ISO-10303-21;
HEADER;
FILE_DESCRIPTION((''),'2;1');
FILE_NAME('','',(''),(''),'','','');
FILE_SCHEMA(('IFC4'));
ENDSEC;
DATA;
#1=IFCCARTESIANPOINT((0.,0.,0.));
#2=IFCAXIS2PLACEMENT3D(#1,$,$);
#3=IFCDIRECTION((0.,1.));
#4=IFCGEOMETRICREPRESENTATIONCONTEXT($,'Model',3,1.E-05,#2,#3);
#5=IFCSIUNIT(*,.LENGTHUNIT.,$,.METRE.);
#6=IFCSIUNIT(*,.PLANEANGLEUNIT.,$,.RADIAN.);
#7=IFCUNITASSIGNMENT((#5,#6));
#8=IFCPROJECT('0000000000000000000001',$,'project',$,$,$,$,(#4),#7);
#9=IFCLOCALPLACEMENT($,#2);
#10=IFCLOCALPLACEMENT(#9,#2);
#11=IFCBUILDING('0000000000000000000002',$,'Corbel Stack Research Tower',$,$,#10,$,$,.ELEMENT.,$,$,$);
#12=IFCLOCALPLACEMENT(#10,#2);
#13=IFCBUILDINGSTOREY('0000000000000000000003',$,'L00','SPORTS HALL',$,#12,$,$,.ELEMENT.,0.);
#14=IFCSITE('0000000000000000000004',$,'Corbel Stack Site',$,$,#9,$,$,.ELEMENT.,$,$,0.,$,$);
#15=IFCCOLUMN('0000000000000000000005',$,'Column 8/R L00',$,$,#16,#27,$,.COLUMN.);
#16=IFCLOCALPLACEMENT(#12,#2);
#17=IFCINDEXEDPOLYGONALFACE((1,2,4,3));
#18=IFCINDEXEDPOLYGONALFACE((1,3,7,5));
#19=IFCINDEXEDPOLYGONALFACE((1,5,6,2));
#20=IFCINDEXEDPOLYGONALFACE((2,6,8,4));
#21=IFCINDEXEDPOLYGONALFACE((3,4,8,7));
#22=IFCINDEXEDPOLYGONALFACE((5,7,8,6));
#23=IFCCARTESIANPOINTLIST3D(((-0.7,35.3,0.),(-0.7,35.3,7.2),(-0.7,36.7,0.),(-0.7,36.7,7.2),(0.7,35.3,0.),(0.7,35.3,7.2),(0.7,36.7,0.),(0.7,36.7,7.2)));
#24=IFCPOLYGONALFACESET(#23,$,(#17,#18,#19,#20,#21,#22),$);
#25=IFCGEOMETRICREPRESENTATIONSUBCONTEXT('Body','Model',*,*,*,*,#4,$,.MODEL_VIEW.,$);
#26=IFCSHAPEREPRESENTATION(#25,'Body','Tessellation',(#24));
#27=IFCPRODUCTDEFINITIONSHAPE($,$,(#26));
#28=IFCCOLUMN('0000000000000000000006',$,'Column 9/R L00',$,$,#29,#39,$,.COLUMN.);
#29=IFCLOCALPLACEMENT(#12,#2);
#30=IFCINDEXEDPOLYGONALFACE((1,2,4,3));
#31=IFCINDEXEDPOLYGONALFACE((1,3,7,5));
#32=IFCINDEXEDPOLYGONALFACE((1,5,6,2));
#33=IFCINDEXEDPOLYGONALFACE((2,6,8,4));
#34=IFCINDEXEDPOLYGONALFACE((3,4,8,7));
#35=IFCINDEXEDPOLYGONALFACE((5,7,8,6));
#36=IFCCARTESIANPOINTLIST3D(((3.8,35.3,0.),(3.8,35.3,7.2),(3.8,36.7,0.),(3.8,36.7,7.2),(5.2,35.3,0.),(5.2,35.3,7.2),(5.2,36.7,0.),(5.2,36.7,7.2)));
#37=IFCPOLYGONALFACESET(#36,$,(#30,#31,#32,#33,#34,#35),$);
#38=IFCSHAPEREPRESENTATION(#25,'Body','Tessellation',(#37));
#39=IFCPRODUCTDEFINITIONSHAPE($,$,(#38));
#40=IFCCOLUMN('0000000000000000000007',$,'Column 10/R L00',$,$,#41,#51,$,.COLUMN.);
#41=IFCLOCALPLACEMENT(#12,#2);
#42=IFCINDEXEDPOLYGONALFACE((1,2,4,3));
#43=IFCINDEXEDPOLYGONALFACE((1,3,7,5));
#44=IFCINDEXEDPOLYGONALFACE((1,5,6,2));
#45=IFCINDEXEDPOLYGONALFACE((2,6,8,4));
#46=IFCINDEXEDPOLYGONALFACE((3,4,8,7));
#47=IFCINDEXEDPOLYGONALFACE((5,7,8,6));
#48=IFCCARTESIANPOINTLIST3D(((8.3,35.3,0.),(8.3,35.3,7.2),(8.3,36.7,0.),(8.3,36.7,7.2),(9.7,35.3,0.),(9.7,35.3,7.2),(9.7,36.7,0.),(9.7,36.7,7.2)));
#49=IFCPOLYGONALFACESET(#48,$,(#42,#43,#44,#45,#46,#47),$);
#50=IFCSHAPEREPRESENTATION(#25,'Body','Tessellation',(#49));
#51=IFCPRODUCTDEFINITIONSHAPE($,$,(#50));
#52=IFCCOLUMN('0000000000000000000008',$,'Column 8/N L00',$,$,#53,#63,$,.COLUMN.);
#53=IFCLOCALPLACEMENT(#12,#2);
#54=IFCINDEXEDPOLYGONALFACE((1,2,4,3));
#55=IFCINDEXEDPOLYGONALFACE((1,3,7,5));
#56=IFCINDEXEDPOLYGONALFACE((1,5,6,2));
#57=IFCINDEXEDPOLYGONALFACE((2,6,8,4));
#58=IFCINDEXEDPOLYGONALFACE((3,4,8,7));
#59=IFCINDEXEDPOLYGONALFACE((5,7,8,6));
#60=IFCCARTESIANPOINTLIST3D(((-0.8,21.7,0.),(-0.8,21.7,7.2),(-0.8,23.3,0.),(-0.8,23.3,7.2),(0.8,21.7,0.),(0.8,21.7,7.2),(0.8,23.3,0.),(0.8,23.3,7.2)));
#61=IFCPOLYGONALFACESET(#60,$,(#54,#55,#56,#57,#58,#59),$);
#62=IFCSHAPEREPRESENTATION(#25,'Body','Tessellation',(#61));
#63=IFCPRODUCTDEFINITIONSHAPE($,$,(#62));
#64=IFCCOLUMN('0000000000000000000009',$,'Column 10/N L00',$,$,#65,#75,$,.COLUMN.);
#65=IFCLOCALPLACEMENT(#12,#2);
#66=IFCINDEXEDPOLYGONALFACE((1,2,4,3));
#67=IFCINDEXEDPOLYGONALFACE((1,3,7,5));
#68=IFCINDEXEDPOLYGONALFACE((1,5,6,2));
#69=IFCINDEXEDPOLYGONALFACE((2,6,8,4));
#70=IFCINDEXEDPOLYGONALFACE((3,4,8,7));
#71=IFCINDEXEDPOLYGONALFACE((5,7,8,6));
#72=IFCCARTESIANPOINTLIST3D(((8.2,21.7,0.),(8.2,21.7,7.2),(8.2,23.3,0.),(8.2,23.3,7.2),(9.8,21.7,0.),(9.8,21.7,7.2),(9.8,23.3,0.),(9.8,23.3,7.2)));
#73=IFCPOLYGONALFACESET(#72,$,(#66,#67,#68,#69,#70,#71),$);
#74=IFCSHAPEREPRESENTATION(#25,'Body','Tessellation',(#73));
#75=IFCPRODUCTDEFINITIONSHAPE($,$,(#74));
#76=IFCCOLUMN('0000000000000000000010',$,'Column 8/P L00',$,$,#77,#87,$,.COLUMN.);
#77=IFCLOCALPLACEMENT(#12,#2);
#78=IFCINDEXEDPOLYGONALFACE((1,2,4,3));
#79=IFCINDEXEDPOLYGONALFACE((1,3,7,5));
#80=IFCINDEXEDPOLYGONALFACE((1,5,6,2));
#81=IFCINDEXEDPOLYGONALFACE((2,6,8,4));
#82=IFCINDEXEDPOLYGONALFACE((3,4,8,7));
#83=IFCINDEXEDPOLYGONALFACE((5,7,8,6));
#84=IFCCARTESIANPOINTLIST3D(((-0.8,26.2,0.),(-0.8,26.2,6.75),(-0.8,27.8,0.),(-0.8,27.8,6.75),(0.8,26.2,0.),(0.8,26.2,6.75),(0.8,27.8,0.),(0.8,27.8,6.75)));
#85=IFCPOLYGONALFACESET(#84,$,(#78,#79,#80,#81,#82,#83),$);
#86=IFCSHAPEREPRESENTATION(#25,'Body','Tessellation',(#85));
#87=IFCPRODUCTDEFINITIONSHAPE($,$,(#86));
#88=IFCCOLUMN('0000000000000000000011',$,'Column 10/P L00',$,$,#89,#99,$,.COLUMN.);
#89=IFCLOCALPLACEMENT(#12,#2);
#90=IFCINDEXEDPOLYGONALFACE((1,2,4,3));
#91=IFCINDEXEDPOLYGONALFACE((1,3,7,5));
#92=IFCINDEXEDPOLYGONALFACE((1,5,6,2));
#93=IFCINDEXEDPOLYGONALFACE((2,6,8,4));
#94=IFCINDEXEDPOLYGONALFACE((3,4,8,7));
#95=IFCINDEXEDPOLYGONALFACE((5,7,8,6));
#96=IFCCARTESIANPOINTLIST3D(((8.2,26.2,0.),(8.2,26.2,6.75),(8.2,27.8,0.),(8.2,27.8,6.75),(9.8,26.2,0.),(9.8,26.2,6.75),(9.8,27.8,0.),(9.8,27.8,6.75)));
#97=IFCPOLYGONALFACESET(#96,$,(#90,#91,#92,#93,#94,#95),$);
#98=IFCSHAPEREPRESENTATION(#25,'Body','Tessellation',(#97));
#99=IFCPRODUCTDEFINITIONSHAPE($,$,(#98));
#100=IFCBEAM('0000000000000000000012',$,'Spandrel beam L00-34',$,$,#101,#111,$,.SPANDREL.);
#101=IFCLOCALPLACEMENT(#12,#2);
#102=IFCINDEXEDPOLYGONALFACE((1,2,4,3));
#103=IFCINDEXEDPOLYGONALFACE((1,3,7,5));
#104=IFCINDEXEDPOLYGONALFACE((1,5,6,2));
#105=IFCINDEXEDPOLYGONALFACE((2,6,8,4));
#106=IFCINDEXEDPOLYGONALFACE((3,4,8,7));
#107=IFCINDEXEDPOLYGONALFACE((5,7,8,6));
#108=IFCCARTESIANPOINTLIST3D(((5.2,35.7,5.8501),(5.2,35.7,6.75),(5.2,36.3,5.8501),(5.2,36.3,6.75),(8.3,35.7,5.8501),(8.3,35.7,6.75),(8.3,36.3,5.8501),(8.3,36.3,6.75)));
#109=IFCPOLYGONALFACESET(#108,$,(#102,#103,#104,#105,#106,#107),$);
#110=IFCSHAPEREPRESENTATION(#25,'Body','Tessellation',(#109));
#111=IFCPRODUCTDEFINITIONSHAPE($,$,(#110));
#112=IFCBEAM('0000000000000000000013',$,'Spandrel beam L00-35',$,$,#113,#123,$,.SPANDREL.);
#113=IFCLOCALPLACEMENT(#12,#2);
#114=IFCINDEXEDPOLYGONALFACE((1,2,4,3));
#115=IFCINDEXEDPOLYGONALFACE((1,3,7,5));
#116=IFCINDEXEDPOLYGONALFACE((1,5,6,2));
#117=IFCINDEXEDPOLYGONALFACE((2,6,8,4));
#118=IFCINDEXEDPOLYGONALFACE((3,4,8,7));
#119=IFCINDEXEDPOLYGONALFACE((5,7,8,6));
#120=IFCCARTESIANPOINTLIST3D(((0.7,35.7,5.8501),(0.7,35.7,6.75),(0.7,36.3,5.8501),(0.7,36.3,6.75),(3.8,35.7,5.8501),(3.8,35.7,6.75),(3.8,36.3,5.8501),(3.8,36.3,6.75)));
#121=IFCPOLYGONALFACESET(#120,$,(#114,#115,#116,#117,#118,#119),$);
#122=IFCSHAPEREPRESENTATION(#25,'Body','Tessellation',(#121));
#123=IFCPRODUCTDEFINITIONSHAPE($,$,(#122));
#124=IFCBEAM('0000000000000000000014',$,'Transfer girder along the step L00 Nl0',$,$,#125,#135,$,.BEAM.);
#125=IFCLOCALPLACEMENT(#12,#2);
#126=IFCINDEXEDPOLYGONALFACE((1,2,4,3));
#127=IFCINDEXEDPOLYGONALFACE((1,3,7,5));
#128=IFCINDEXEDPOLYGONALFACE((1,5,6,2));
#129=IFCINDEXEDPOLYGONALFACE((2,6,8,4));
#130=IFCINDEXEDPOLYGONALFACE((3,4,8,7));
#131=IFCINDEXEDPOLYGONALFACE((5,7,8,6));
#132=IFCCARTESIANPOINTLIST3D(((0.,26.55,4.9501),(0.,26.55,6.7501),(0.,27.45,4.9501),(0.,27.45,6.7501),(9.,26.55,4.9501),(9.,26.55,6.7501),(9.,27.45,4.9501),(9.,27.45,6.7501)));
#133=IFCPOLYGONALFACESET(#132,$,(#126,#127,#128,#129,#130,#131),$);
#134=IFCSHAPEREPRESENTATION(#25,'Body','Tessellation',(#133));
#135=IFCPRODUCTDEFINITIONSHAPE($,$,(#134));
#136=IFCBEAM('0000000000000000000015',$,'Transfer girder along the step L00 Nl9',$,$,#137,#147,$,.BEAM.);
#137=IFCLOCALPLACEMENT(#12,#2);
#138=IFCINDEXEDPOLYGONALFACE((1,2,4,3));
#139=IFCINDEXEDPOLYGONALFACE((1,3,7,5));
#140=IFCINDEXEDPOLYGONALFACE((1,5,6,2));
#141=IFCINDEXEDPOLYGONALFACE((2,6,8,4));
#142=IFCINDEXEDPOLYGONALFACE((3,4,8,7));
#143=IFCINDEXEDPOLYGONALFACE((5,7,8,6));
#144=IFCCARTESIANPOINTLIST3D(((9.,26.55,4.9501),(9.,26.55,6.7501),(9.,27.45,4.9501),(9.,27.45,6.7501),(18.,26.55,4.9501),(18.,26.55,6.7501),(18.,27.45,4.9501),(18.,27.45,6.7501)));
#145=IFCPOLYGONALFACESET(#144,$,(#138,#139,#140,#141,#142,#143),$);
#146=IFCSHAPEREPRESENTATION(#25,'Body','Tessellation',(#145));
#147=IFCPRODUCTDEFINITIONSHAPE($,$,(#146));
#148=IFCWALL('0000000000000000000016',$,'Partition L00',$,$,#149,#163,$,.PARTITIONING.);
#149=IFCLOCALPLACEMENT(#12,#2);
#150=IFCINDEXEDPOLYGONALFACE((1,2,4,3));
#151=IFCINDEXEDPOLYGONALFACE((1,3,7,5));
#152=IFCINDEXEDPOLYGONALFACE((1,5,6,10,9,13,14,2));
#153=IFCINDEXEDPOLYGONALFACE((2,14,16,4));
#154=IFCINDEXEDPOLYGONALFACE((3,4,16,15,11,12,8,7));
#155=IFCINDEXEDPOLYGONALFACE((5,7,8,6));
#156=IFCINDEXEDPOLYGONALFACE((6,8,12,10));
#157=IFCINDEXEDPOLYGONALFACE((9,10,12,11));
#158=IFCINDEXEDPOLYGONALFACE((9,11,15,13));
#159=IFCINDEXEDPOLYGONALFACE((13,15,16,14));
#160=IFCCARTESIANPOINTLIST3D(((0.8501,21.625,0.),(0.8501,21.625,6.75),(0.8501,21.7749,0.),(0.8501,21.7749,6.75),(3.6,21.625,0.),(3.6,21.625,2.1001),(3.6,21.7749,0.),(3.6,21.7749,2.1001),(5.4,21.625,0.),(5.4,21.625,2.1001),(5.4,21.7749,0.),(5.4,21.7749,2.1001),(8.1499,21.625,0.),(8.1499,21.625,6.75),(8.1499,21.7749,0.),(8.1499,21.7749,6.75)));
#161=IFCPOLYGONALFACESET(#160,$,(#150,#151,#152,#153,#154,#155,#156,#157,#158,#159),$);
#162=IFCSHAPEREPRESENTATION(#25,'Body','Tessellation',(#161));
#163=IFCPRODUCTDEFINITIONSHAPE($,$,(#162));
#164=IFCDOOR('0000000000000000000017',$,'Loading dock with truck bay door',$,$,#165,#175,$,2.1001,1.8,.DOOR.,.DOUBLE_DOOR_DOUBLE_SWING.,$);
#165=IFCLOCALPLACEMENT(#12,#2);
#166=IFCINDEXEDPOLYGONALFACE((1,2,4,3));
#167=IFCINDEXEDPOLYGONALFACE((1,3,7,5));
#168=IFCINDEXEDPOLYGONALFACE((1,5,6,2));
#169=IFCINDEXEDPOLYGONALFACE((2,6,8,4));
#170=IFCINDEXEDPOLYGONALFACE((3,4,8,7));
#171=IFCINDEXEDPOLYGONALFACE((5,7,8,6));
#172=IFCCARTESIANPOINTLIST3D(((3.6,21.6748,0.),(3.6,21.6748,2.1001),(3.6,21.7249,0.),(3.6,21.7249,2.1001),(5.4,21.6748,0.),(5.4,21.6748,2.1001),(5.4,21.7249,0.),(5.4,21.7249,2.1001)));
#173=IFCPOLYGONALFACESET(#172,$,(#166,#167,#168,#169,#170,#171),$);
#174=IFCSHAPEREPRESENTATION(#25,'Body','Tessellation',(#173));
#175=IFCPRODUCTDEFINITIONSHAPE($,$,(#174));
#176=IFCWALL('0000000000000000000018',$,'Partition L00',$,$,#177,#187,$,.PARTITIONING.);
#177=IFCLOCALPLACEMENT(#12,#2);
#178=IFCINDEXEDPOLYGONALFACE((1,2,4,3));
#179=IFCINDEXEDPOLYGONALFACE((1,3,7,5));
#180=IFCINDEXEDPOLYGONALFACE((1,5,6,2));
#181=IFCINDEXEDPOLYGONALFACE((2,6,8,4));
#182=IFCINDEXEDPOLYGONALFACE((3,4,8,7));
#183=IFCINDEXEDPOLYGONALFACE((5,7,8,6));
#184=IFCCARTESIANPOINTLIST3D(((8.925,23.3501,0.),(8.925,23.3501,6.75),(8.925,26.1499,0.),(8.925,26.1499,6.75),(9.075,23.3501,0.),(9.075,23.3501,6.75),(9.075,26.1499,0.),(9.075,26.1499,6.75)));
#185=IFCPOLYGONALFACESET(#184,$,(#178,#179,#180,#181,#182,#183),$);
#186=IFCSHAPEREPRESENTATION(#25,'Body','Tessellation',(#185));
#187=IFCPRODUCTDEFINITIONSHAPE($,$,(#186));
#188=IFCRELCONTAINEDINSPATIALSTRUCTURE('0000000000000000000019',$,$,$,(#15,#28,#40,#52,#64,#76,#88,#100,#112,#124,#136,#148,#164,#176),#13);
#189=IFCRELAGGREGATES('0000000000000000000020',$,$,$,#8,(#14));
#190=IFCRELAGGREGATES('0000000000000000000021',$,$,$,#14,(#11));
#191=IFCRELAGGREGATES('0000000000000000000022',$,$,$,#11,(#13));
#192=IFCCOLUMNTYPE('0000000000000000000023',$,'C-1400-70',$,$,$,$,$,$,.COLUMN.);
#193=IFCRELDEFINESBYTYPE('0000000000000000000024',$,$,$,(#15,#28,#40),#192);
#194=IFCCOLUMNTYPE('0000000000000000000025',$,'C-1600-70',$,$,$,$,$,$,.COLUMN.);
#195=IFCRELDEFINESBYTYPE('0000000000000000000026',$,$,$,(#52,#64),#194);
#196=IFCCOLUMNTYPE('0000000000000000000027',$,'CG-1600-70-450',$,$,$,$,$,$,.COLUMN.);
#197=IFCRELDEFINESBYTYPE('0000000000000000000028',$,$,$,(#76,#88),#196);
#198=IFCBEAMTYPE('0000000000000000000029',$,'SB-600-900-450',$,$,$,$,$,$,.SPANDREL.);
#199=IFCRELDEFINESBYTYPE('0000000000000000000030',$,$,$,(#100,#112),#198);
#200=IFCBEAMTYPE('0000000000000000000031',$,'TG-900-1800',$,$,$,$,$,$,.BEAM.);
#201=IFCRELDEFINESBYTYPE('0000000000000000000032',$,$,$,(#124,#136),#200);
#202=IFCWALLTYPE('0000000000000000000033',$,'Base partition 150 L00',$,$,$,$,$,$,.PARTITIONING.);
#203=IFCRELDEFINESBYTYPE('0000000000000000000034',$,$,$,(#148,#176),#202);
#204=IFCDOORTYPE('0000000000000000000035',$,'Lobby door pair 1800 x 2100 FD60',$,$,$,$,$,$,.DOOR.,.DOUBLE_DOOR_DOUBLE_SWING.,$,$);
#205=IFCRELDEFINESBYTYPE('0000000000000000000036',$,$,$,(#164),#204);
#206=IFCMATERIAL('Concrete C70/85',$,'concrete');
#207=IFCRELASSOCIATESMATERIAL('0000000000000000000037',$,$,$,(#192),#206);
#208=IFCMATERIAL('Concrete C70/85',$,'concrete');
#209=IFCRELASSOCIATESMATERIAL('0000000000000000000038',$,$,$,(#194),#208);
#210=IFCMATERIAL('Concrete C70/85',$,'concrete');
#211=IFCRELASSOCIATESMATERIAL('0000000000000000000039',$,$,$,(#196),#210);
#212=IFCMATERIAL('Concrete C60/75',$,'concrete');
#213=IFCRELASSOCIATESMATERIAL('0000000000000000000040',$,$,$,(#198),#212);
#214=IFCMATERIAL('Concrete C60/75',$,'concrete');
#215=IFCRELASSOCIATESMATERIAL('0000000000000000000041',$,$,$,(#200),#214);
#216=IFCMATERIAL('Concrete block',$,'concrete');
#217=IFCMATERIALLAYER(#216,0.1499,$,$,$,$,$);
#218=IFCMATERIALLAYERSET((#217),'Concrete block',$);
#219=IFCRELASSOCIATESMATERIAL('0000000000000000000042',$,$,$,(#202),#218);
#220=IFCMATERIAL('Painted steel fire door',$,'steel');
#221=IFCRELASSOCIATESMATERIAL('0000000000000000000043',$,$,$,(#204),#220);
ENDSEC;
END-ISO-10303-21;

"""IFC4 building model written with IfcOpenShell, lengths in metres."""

from ifc_helpers import new_model, si_unit, direction, frame, frame_2d, origin, origin_2d, place, context, subcontext, project, spatial, rectangle, extrude, material, layer, layer_set, material_profile, profile_set, type_object, element, fill, save


model = new_model("IFC4")

# Units and contexts
model_context = context("Model", 3, precision=1e-05, world=origin(), true_north=direction((0.0, 1.0)))
body_context = subcontext(model_context, "Body", "Model", "MODEL_VIEW")
ifc_project = project(units=[si_unit("LENGTHUNIT", "METRE"), si_unit("PLANEANGLEUNIT", "RADIAN")], contexts=[model_context])

# Site, building, storey
site_placement = place(None, origin())
site = spatial("IfcSite", under=ifc_project, at=site_placement, Name="Corbel Stack Site", CompositionType="ELEMENT", RefElevation=0.0)
building_placement = place(site_placement, origin())
building = spatial("IfcBuilding", under=site, at=building_placement, Name="Corbel Stack Research Tower", CompositionType="ELEMENT")
storey_placement = place(building_placement, origin())
storey = spatial("IfcBuildingStorey", under=building, at=storey_placement, Name="L00", Description="SPORTS HALL", CompositionType="ELEMENT", Elevation=0.0)

# Columns
ifc_material_1 = material(Name="Concrete C70/85", Category="concrete")
ifc_material_profile_1 = material_profile(ifc_material_1, rectangle(XDim=1.3999, YDim=1.3999, at=origin_2d()), Name="RC 1400 x 1400")
ifc_profile_set_1 = profile_set([ifc_material_profile_1], Name="Concrete C70/85")
column_type_1 = type_object("IfcColumnType", Name="C-1400-70", PredefinedType="COLUMN", material=ifc_profile_set_1)
for number, where, z_axis, x_axis, name in (
    (1, (0.0, 36.0, 0.0), (0.0, 0.0, 1.0), (1.0, 0.0, 0.0), "Column 8/R L00"),
    (2, (4.5, 36.0, 0.0), (0.0, 0.0, 1.0), (1.0, 0.0, 0.0), "Column 9/R L00"),
    (3, (9.0, 36.0, 0.0), (0.0, 0.0, 1.0), (1.0, 0.0, 0.0), "Column 10/R L00"),
):
    element("IfcColumn", number, at=place(storey_placement, frame(where, z_axis=z_axis, x_axis=x_axis)), inside=storey, type_object=column_type_1, Name=name, PredefinedType="COLUMN", context=body_context, shape_type="SweptSolid", body=[
        extrude(rectangle(XDim=1.3999, YDim=1.3999, at=origin_2d()), origin(), (0.0, 0.0, 1.0), 7.2),
    ])
ifc_material_2 = material(Name="Concrete C70/85", Category="concrete")
ifc_material_profile_2 = material_profile(ifc_material_2, rectangle(XDim=1.6001, YDim=1.6001, at=origin_2d()), Name="RC 1600 x 1600")
ifc_profile_set_2 = profile_set([ifc_material_profile_2], Name="Concrete C70/85")
column_type_2 = type_object("IfcColumnType", Name="C-1600-70", PredefinedType="COLUMN", material=ifc_profile_set_2)
for number, where, z_axis, x_axis, name in (
    (4, (0.0, 22.5, 0.0), (0.0, 0.0, 1.0), (1.0, 0.0, 0.0), "Column 8/N L00"),
    (5, (9.0, 22.5, 0.0), (0.0, 0.0, 1.0), (1.0, 0.0, 0.0), "Column 10/N L00"),
):
    element("IfcColumn", number, at=place(storey_placement, frame(where, z_axis=z_axis, x_axis=x_axis)), inside=storey, type_object=column_type_2, Name=name, PredefinedType="COLUMN", context=body_context, shape_type="SweptSolid", body=[
        extrude(rectangle(XDim=1.6001, YDim=1.6001, at=origin_2d()), origin(), (0.0, 0.0, 1.0), 7.2),
    ])
ifc_material_3 = material(Name="Concrete C70/85", Category="concrete")
ifc_material_profile_3 = material_profile(ifc_material_3, rectangle(XDim=1.6001, YDim=1.6001, at=origin_2d()), Name="RC 1600 x 1600")
ifc_profile_set_3 = profile_set([ifc_material_profile_3], Name="Concrete C70/85")
column_type_3 = type_object("IfcColumnType", Name="CG-1600-70-450", PredefinedType="COLUMN", material=ifc_profile_set_3)
for number, where, z_axis, x_axis, name in (
    (6, (0.0, 27.0, 0.0), (0.0, 0.0, 1.0), (1.0, 0.0, 0.0), "Column 8/P L00"),
    (7, (9.0, 27.0, 0.0), (0.0, 0.0, 1.0), (1.0, 0.0, 0.0), "Column 10/P L00"),
):
    element("IfcColumn", number, at=place(storey_placement, frame(where, z_axis=z_axis, x_axis=x_axis)), inside=storey, type_object=column_type_3, Name=name, PredefinedType="COLUMN", context=body_context, shape_type="SweptSolid", body=[
        extrude(rectangle(XDim=1.6001, YDim=1.6001, at=origin_2d()), origin(), (0.0, 0.0, 1.0), 6.75),
    ])

# Beams
ifc_material_4 = material(Name="Concrete C60/75", Category="concrete")
ifc_material_profile_4 = material_profile(ifc_material_4, rectangle(XDim=0.6001, YDim=0.8999, at=origin_2d()), Name="RC 600 x 900")
ifc_profile_set_4 = profile_set([ifc_material_profile_4], Name="Concrete C60/75")
beam_type_1 = type_object("IfcBeamType", Name="SB-600-900-450", PredefinedType="SPANDREL", material=ifc_profile_set_4)
for number, where, z_axis, x_axis, name in (
    (8, (8.3, 36.0, 6.3), (-1.0, 0.0, 0.0), (0.0, -1.0, 0.0), "Spandrel beam L00-34"),
    (9, (3.8, 36.0, 6.3), (-1.0, 0.0, 0.0), (0.0, -1.0, 0.0), "Spandrel beam L00-35"),
):
    element("IfcBeam", number, at=place(storey_placement, frame(where, z_axis=z_axis, x_axis=x_axis)), inside=storey, type_object=beam_type_1, Name=name, PredefinedType="SPANDREL", context=body_context, shape_type="SweptSolid", body=[
        extrude(rectangle(XDim=0.6001, YDim=0.8999, at=origin_2d()), origin(), (0.0, 0.0, 1.0), 3.1001),
    ])
ifc_material_5 = material(Name="Concrete C60/75", Category="concrete")
ifc_material_profile_5 = material_profile(ifc_material_5, rectangle(XDim=0.8999, YDim=1.8, at=origin_2d()), Name="RC 900 x 1800")
ifc_profile_set_5 = profile_set([ifc_material_profile_5], Name="Concrete C60/75")
beam_type_2 = type_object("IfcBeamType", Name="TG-900-1800", PredefinedType="BEAM", material=ifc_profile_set_5)
for number, where, z_axis, x_axis, name in (
    (10, (0.0, 27.0, 5.8501), (1.0, 0.0, 0.0), (0.0, 1.0, 0.0), "Transfer girder along the step L00 Nl0"),
    (11, (9.0, 27.0, 5.8501), (1.0, 0.0, 0.0), (0.0, 1.0, 0.0), "Transfer girder along the step L00 Nl9"),
):
    element("IfcBeam", number, at=place(storey_placement, frame(where, z_axis=z_axis, x_axis=x_axis)), inside=storey, type_object=beam_type_2, Name=name, PredefinedType="BEAM", context=body_context, shape_type="SweptSolid", body=[
        extrude(rectangle(XDim=0.8999, YDim=1.8, at=origin_2d()), origin(), (0.0, 0.0, 1.0), 9.0),
    ])

# Wall, opening, door
ifc_material_6 = material(Name="Concrete block", Category="concrete")
ifc_layer_1 = layer(ifc_material_6, 0.1499)
ifc_layer_set_1 = layer_set([ifc_layer_1], Name="Concrete block")
wall_type_1 = type_object("IfcWallType", Name="Base partition 150 L00", PredefinedType="PARTITIONING", material=ifc_layer_set_1)
wall_1_placement = place(storey_placement, frame((0.8501, 21.7, 0.0), z_axis=(0.0, 0.0, 1.0), x_axis=(1.0, 0.0, 0.0)))
wall_1 = element("IfcWall", 12, at=wall_1_placement, inside=storey, type_object=wall_type_1, Name="Partition L00", PredefinedType="PARTITIONING", context=body_context, shape_type="SweptSolid", body=[
    extrude(rectangle(XDim=7.2998, YDim=0.1499, at=frame_2d((3.6499, 0.0))), origin(), (0.0, 0.0, 1.0), 6.75),
])
opening_1_placement = place(wall_1_placement, frame((2.75, 0.0, 0.0)))
opening_1 = element("IfcOpeningElement", 13, at=opening_1_placement, cuts=wall_1, PredefinedType="OPENING", context=body_context, shape_type="SweptSolid", body=[
    extrude(rectangle(XDim=1.8, YDim=2.1001, at=frame_2d((0.8999, 1.05))), frame((0.0, 0.085, 0.0), z_axis=(0.0, -1.0, 0.0), x_axis=(1.0, 0.0, 0.0)), (0.0, 0.0, 1.0), 0.1699),
])
ifc_material_7 = material(Name="Painted steel fire door", Category="steel")
door_type_1 = type_object("IfcDoorType", Name="Lobby door pair 1800 x 2100 FD60", OperationType="DOUBLE_DOOR_DOUBLE_SWING", PredefinedType="DOOR", material=ifc_material_7)
door_1_placement = place(opening_1_placement, origin())
door_1 = element("IfcDoor", 14, at=door_1_placement, inside=storey, type_object=door_type_1, Name="Loading dock with truck bay door", OperationType="DOUBLE_DOOR_DOUBLE_SWING", OverallHeight=2.1001, OverallWidth=1.8, PredefinedType="DOOR", context=body_context, shape_type="SweptSolid", body=[
    extrude(rectangle(XDim=1.8, YDim=2.1001, at=frame_2d((0.8999, 1.05))), frame((0.0, 0.0249, 0.0), z_axis=(0.0, -1.0, 0.0), x_axis=(1.0, 0.0, 0.0)), (0.0, 0.0, 1.0), 0.05),
])
fill(opening_1, door_1)

# Wall
wall_2_placement = place(storey_placement, frame((9.0, 23.3501, 0.0), z_axis=(0.0, 0.0, 1.0), x_axis=(0.0, 1.0, 0.0)))
element("IfcWall", 15, at=wall_2_placement, inside=storey, type_object=wall_type_1, Name="Partition L00", PredefinedType="PARTITIONING", context=body_context, shape_type="SweptSolid", body=[
    extrude(rectangle(XDim=2.7998, YDim=0.1499, at=frame_2d((1.3999, 0.0))), origin(), (0.0, 0.0, 1.0), 6.75),
])

save(model, "model.ifc")
